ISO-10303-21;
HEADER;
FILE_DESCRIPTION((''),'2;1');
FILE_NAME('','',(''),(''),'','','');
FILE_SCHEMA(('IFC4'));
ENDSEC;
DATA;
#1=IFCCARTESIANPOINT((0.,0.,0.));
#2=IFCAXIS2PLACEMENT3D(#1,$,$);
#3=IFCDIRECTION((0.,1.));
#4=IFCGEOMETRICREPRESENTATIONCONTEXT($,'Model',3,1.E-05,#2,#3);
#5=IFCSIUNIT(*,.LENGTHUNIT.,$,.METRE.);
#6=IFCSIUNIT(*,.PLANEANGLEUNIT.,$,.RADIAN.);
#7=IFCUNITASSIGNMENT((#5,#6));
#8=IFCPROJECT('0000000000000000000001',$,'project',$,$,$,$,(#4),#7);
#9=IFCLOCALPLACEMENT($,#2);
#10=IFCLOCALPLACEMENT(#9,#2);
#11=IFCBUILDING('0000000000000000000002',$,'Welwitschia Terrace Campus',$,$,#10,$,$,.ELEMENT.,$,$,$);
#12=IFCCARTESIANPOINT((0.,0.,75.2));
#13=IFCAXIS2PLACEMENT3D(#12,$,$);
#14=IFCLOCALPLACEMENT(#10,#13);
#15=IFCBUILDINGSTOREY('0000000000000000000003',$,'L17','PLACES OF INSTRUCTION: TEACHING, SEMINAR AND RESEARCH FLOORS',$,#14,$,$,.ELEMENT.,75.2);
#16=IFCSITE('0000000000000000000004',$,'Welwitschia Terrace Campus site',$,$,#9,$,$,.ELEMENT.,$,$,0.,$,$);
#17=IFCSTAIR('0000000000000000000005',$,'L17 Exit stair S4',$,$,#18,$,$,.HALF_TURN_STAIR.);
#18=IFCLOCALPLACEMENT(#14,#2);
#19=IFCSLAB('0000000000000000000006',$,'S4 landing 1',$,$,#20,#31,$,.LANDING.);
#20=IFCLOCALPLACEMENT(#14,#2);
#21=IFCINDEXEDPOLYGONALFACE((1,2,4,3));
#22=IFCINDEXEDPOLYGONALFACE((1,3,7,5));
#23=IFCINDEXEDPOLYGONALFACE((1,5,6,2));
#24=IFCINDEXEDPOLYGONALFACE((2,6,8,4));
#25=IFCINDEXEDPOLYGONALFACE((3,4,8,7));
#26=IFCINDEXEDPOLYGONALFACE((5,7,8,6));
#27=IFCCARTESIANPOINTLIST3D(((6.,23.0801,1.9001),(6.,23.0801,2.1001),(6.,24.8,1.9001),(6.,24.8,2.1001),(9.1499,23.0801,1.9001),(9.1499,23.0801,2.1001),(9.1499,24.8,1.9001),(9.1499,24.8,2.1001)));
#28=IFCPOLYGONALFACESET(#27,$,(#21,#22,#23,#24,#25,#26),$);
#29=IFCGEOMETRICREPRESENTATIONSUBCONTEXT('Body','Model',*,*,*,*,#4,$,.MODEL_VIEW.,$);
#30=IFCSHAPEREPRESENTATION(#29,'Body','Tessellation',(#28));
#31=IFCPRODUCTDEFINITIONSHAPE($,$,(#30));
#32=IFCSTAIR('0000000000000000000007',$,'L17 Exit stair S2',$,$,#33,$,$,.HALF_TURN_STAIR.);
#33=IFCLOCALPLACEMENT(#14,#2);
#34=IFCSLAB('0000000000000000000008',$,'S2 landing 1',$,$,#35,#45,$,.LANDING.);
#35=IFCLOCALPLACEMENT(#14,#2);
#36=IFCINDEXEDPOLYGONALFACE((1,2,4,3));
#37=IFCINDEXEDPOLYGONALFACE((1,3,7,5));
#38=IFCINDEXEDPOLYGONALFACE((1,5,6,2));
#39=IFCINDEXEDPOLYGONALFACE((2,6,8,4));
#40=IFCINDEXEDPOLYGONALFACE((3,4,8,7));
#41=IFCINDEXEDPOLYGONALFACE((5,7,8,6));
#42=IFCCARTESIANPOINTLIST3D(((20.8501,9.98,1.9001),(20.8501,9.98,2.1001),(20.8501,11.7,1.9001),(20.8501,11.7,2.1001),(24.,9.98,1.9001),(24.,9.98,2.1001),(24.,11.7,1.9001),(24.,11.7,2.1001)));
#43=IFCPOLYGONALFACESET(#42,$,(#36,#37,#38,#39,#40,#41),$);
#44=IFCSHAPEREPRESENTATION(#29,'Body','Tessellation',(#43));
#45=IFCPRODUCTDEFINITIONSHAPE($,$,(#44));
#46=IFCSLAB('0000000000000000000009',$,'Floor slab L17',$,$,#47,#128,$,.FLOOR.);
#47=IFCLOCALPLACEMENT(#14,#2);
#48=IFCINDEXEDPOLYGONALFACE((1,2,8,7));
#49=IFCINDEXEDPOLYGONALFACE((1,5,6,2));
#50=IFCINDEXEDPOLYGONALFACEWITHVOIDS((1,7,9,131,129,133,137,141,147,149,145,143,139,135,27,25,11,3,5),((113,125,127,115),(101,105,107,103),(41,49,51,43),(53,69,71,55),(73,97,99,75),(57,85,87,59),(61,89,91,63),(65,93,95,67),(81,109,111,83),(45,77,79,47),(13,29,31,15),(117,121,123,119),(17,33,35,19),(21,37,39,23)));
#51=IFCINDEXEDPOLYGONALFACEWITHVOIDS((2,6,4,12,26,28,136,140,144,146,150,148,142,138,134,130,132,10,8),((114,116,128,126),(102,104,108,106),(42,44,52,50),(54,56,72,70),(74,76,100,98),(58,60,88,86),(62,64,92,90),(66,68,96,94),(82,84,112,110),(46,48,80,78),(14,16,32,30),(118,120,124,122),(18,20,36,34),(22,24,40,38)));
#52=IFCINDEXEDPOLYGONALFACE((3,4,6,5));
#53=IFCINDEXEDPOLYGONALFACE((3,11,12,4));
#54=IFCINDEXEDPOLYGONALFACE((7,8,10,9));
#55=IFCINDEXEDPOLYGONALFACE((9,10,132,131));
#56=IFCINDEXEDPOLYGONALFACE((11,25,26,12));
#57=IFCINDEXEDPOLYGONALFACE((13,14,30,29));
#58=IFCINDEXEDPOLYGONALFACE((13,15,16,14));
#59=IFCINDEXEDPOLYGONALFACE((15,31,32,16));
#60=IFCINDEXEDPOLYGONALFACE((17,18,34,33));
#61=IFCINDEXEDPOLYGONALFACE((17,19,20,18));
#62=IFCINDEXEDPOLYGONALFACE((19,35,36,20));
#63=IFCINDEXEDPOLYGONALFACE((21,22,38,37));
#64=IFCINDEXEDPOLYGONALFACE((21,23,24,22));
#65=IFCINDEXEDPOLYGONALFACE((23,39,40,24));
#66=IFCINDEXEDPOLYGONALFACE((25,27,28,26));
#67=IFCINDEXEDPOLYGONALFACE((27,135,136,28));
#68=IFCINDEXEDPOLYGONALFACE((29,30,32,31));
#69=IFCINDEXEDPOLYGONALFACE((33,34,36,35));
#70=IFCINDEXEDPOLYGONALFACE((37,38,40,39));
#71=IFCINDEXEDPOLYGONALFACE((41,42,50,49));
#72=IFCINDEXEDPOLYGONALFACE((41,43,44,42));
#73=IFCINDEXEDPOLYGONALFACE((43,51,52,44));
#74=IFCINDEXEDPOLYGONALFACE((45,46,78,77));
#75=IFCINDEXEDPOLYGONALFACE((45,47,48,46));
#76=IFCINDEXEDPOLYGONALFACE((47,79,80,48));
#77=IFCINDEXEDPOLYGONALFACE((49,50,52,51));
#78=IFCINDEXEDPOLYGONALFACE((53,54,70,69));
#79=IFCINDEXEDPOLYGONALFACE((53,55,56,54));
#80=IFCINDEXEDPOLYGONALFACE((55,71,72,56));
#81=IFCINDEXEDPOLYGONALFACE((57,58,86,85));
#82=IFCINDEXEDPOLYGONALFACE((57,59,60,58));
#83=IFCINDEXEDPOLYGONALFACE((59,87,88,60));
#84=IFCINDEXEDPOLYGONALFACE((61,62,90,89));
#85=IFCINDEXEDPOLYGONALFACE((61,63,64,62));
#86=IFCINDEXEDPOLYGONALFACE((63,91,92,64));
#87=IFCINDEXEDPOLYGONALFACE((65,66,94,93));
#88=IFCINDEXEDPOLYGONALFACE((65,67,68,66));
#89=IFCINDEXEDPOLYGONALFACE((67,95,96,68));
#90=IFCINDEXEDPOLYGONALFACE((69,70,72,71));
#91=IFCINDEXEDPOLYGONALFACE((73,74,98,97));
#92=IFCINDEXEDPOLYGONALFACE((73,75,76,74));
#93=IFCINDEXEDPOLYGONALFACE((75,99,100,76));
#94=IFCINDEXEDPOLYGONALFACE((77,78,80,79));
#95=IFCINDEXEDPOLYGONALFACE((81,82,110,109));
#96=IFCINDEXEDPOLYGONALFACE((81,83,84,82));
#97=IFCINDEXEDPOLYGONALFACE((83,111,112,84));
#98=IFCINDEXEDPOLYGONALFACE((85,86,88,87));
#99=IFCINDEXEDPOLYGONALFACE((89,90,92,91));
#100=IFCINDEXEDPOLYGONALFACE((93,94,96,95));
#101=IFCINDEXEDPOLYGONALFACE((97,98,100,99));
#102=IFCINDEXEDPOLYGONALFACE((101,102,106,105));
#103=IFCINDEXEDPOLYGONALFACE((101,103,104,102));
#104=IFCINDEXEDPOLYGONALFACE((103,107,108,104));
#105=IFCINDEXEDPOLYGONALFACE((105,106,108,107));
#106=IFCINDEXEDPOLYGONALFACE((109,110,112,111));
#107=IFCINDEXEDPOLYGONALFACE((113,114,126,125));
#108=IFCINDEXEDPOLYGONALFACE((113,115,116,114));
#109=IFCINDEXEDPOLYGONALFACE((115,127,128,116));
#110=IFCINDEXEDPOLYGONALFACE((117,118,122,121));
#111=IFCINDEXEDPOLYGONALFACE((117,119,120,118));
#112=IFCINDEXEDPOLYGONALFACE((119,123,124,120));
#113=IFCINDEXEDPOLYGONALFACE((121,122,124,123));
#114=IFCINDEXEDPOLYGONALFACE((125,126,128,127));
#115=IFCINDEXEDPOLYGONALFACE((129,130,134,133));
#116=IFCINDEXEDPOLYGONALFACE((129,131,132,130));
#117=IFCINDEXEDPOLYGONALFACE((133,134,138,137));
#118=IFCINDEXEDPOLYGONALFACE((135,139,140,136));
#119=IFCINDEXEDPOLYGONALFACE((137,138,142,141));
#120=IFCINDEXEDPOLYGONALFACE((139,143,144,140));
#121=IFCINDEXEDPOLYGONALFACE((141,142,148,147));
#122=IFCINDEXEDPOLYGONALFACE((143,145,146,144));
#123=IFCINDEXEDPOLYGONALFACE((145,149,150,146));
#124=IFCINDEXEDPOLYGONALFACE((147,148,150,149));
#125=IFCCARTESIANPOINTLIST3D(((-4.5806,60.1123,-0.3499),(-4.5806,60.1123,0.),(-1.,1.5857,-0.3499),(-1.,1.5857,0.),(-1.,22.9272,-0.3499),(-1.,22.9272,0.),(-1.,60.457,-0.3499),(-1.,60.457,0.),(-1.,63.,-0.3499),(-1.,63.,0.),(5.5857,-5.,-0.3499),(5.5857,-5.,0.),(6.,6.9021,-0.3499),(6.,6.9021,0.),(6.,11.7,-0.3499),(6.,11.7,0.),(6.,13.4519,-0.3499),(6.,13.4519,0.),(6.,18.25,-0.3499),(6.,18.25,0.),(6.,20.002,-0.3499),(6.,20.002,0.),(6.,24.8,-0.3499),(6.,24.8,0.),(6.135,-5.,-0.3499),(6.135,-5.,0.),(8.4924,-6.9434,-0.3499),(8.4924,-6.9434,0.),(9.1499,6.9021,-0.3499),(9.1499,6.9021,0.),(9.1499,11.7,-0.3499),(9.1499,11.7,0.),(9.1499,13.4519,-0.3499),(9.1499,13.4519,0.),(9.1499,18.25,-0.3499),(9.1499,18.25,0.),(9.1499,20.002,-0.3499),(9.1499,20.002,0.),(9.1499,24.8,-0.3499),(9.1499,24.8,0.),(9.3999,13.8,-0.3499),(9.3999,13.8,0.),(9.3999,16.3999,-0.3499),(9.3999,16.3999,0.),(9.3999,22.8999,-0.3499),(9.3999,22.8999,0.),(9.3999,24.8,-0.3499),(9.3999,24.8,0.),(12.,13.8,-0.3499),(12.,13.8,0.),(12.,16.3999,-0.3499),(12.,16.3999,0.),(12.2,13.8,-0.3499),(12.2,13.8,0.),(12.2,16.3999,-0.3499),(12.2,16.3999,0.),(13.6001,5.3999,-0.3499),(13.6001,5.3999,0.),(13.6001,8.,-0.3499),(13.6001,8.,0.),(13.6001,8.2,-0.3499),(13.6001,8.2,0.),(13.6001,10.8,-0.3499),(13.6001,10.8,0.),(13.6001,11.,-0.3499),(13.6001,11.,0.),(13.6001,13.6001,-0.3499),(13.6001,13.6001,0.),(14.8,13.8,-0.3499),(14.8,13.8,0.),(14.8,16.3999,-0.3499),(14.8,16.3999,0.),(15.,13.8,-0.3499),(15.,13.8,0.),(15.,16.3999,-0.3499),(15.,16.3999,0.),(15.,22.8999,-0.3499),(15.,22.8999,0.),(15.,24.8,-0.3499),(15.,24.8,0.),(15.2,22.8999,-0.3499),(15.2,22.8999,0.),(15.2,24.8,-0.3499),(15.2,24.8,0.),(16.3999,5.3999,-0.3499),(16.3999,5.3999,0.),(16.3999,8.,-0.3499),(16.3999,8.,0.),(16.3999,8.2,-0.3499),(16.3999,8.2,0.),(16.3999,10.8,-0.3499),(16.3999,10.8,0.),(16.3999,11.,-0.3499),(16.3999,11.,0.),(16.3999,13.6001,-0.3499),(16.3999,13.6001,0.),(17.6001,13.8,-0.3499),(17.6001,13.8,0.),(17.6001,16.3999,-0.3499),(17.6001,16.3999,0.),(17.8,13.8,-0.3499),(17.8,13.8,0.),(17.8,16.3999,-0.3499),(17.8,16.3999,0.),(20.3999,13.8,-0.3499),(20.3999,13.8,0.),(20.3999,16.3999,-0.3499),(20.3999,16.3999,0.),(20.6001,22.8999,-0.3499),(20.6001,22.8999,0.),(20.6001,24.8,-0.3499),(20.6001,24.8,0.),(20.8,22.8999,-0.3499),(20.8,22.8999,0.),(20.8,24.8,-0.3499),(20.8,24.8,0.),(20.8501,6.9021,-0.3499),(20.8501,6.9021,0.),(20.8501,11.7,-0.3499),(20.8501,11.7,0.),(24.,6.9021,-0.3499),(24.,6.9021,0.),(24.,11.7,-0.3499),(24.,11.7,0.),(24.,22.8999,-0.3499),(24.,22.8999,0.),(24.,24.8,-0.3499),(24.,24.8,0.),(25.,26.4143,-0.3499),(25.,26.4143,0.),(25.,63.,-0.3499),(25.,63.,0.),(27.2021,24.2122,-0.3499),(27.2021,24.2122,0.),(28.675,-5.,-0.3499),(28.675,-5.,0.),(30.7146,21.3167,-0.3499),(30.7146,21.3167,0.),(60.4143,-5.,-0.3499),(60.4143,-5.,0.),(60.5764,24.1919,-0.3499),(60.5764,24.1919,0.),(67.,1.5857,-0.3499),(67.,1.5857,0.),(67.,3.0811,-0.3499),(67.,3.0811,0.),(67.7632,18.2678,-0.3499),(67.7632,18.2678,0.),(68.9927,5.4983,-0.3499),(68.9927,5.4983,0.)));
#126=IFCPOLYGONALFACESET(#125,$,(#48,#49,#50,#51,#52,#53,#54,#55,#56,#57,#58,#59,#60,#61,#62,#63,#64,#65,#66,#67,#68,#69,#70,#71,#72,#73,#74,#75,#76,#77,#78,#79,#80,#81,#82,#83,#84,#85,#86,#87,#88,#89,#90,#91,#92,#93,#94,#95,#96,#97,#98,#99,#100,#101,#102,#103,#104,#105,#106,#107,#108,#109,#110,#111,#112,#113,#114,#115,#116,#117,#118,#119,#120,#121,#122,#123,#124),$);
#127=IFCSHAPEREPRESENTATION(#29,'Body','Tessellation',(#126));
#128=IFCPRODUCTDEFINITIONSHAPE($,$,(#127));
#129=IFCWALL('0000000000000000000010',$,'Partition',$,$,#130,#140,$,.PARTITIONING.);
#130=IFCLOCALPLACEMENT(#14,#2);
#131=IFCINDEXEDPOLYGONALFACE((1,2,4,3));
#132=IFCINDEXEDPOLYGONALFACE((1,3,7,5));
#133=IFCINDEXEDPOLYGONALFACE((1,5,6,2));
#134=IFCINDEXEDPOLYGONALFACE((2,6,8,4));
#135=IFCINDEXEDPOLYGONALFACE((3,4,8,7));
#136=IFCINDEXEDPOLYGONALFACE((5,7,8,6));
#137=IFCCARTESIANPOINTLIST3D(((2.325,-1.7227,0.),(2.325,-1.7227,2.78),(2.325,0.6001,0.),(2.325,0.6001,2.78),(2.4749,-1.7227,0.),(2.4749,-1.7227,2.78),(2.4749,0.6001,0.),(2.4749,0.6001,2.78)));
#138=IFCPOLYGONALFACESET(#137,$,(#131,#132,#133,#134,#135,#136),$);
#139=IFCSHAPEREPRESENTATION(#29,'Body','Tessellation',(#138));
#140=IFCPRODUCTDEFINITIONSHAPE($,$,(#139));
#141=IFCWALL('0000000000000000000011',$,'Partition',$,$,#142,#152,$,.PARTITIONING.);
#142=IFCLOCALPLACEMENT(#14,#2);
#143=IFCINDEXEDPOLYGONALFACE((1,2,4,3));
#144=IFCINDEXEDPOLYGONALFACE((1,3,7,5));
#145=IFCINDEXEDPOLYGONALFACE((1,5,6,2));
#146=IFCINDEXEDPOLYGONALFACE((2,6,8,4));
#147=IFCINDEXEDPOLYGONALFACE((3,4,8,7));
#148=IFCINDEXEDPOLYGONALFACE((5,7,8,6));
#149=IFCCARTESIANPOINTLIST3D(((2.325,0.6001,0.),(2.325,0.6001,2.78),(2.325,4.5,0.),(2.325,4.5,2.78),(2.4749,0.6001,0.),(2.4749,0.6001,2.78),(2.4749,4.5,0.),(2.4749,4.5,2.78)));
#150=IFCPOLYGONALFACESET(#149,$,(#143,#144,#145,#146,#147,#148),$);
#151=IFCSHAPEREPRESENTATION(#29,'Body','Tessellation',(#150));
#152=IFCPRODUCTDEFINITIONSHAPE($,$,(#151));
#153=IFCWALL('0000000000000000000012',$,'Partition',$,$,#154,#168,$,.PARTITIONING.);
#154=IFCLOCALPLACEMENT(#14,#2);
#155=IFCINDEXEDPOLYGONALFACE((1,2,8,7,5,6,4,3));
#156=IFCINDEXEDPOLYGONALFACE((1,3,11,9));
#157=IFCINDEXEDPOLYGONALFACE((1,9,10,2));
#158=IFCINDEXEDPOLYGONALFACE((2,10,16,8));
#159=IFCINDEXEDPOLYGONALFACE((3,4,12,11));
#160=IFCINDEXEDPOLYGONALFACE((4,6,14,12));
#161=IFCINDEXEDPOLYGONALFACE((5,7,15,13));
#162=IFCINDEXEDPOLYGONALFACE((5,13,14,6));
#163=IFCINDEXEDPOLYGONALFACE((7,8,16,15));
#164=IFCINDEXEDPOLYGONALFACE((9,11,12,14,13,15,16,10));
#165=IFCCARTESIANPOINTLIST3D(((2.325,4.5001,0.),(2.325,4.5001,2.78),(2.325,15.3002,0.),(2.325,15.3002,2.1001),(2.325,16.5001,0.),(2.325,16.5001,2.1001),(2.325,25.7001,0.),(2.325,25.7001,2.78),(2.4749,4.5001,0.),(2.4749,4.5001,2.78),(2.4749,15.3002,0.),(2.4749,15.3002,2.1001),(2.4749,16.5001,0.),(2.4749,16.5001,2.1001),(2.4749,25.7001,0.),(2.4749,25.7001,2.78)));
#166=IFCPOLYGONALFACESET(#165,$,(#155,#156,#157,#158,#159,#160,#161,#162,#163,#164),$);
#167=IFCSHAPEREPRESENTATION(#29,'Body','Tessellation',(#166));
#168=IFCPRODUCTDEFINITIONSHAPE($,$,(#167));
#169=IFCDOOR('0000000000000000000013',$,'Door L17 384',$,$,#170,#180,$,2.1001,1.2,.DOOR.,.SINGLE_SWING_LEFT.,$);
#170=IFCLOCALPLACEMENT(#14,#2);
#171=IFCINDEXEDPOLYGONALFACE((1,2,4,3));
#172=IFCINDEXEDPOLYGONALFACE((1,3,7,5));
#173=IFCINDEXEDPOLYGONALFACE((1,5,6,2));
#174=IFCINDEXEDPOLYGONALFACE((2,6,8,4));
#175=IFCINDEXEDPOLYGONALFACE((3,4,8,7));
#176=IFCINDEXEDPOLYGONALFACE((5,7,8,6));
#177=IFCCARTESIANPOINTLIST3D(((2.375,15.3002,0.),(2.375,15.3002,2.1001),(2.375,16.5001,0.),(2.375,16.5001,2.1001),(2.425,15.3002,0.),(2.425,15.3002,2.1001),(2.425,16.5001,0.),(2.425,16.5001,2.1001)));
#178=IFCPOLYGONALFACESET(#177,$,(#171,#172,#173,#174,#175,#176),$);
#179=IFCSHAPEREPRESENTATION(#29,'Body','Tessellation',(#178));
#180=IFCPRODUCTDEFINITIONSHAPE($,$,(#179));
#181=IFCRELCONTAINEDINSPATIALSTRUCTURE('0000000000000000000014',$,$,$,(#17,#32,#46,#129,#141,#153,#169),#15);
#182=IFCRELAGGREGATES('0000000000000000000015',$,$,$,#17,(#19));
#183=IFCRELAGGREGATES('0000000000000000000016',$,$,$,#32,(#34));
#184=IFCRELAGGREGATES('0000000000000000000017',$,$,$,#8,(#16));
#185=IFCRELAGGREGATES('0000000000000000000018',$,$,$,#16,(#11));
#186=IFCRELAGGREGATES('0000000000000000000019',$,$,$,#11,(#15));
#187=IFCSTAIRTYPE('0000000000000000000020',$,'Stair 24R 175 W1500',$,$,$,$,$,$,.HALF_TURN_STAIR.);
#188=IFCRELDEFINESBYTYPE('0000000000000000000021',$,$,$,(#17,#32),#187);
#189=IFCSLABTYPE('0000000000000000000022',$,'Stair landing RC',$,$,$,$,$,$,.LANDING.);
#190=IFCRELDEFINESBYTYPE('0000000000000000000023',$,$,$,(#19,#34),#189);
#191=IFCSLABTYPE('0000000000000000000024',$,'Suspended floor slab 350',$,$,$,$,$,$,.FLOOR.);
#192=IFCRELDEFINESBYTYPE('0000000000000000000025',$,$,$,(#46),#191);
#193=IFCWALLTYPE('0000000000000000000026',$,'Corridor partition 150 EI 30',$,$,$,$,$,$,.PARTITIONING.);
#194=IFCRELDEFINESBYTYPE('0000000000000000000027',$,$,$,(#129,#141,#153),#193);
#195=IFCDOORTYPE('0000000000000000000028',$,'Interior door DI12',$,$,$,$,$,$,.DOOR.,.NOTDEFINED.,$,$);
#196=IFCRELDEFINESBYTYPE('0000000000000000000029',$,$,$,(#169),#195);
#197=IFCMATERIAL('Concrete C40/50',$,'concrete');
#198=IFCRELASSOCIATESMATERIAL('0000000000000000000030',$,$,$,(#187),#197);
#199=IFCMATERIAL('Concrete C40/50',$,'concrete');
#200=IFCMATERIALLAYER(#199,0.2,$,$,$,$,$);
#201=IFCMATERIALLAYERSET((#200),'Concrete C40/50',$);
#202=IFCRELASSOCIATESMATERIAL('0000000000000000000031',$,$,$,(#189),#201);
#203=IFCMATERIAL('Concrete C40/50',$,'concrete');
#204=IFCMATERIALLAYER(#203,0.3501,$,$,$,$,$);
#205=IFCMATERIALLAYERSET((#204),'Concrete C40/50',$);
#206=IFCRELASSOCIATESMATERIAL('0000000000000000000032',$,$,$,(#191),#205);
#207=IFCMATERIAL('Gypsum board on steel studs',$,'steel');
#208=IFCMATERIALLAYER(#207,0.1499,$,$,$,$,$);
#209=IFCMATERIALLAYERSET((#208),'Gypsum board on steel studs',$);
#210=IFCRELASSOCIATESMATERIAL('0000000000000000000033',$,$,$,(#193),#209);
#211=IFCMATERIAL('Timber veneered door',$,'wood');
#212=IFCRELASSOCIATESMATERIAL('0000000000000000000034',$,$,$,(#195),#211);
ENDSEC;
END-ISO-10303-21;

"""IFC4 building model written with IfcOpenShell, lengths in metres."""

from ifc_helpers import new_model, si_unit, direction, frame, frame_2d, origin, place, context, subcontext, project, spatial, polyline, rectangle, outline, extrude, material, layer, layer_set, type_object, element, fill, aggregate, save


model = new_model("IFC4")

# Units and contexts
model_context = context("Model", 3, precision=1e-05, world=origin(), true_north=direction((0.0, 1.0)))
body_context = subcontext(model_context, "Body", "Model", "MODEL_VIEW")
ifc_project = project(units=[si_unit("LENGTHUNIT", "METRE"), si_unit("PLANEANGLEUNIT", "RADIAN")], contexts=[model_context])

# Site, building, storey
site_placement = place(None, origin())
site = spatial("IfcSite", under=ifc_project, at=site_placement, Name="Welwitschia Terrace Campus site", CompositionType="ELEMENT", RefElevation=0.0)
building_placement = place(site_placement, origin())
building = spatial("IfcBuilding", under=site, at=building_placement, Name="Welwitschia Terrace Campus", CompositionType="ELEMENT")
storey_placement = place(building_placement, frame((0.0, 0.0, 75.2)))
storey = spatial("IfcBuildingStorey", under=building, at=storey_placement, Name="L17", Description="PLACES OF INSTRUCTION: TEACHING, SEMINAR AND RESEARCH FLOORS", CompositionType="ELEMENT", Elevation=75.2)

# Stairs, slabs
ifc_material_1 = material(Name="Concrete C40/50", Category="concrete")
stair_type = type_object("IfcStairType", Name="Stair 24R 175 W1500", PredefinedType="HALF_TURN_STAIR", material=ifc_material_1)
ifc_material_2 = material(Name="Concrete C40/50", Category="concrete")
ifc_layer_1 = layer(ifc_material_2, 0.2)
ifc_layer_set_1 = layer_set([ifc_layer_1], Name="Concrete C40/50")
slab_type_1 = type_object("IfcSlabType", Name="Stair landing RC", PredefinedType="LANDING", material=ifc_layer_set_1)
stair_1_placement = place(storey_placement, origin())
stair_1 = element("IfcStair", 1, at=stair_1_placement, inside=storey, type_object=stair_type, Name="L17 Exit stair S4", PredefinedType="HALF_TURN_STAIR")
slab_1_placement = place(storey_placement, frame((0.0, 0.0, 1.9001)))
slab_1 = element("IfcSlab", 2, at=slab_1_placement, type_object=slab_type_1, Name="S4 landing 1", PredefinedType="LANDING", context=body_context, shape_type="SweptSolid", body=[
    extrude(outline(polyline([(9.1499, 23.0801), (9.1499, 24.8), (6.0, 24.8), (6.0, 23.0801), (9.1499, 23.0801)])), origin(), (0.0, 0.0, 1.0), 0.2),
])
aggregate(stair_1, [slab_1])
stair_2_placement = place(storey_placement, origin())
stair_2 = element("IfcStair", 3, at=stair_2_placement, inside=storey, type_object=stair_type, Name="L17 Exit stair S2", PredefinedType="HALF_TURN_STAIR")
slab_2_placement = place(storey_placement, frame((0.0, 0.0, 1.9001)))
slab_2 = element("IfcSlab", 4, at=slab_2_placement, type_object=slab_type_1, Name="S2 landing 1", PredefinedType="LANDING", context=body_context, shape_type="SweptSolid", body=[
    extrude(outline(polyline([(24.0, 9.98), (24.0, 11.7), (20.8501, 11.7), (20.8501, 9.98), (24.0, 9.98)])), origin(), (0.0, 0.0, 1.0), 0.2),
])
aggregate(stair_2, [slab_2])

# Slab
ifc_material_3 = material(Name="Concrete C40/50", Category="concrete")
ifc_layer_2 = layer(ifc_material_3, 0.3501)
ifc_layer_set_2 = layer_set([ifc_layer_2], Name="Concrete C40/50")
slab_type_2 = type_object("IfcSlabType", Name="Suspended floor slab 350", PredefinedType="FLOOR", material=ifc_layer_set_2)
slab_3_placement = place(storey_placement, frame((0.0, 0.0, -0.3499)))
element("IfcSlab", 5, at=slab_3_placement, inside=storey, type_object=slab_type_2, Name="Floor slab L17", PredefinedType="FLOOR", context=body_context, shape_type="SweptSolid", body=[
    extrude(outline(polyline([(-1.0, 22.9272), (-4.5806, 60.1123), (-1.0, 60.457), (-1.0, 63.0), (25.0, 63.0), (25.0, 26.4143), (27.2021, 24.2122), (30.7146, 21.3167), (60.5764, 24.1919), (67.7632, 18.2678), (68.9927, 5.4983), (67.0, 3.0811), (67.0, 1.5857), (60.4143, -5.0), (28.675, -5.0), (8.4924, -6.9434), (6.135, -5.0), (5.5857, -5.0), (-1.0, 1.5857), (-1.0, 22.9272)]), holes=[polyline([(13.6001, 8.0), (13.6001, 5.3999), (16.3999, 5.3999), (16.3999, 8.0), (13.6001, 8.0)]), polyline([(9.1499, 11.7), (6.0, 11.7), (6.0, 6.9021), (9.1499, 6.9021), (9.1499, 11.7)]), polyline([(12.0, 16.3999), (9.3999, 16.3999), (9.3999, 13.8), (12.0, 13.8), (12.0, 16.3999)]), polyline([(14.8, 16.3999), (12.2, 16.3999), (12.2, 13.8), (14.8, 13.8), (14.8, 16.3999)]), polyline([(9.1499, 18.25), (6.0, 18.25), (6.0, 13.4519), (9.1499, 13.4519), (9.1499, 18.25)]), polyline([(9.1499, 24.8), (6.0, 24.8), (6.0, 20.002), (9.1499, 20.002), (9.1499, 24.8)]), polyline([(15.0, 24.8), (9.3999, 24.8), (9.3999, 22.8999), (15.0, 22.8999), (15.0, 24.8)]), polyline([(20.8501, 11.7), (20.8501, 6.9021), (24.0, 6.9021), (24.0, 11.7), (20.8501, 11.7)]), polyline([(16.3999, 10.8), (13.6001, 10.8), (13.6001, 8.2), (16.3999, 8.2), (16.3999, 10.8)]), polyline([(16.3999, 13.6001), (13.6001, 13.6001), (13.6001, 11.0), (16.3999, 11.0), (16.3999, 13.6001)]), polyline([(17.6001, 16.3999), (15.0, 16.3999), (15.0, 13.8), (17.6001, 13.8), (17.6001, 16.3999)]), polyline([(20.3999, 16.3999), (17.8, 16.3999), (17.8, 13.8), (20.3999, 13.8), (20.3999, 16.3999)]), polyline([(20.6001, 24.8), (15.2, 24.8), (15.2, 22.8999), (20.6001, 22.8999), (20.6001, 24.8)]), polyline([(24.0, 24.8), (20.8, 24.8), (20.8, 22.8999), (24.0, 22.8999), (24.0, 24.8)])]), origin(), (0.0, 0.0, 1.0), 0.3499),
])

# Walls
ifc_material_4 = material(Name="Gypsum board on steel studs", Category="steel")
ifc_layer_3 = layer(ifc_material_4, 0.1499)
ifc_layer_set_3 = layer_set([ifc_layer_3], Name="Gypsum board on steel studs")
wall_type = type_object("IfcWallType", Name="Corridor partition 150 EI 30", PredefinedType="PARTITIONING", material=ifc_layer_set_3)
wall_1_placement = place(storey_placement, frame((2.3999, -1.7227, 0.0), z_axis=(0.0, 0.0, 1.0), x_axis=(0.0, 1.0, 0.0)))
element("IfcWall", 6, at=wall_1_placement, inside=storey, type_object=wall_type, Name="Partition", PredefinedType="PARTITIONING", context=body_context, shape_type="SweptSolid", body=[
    extrude(rectangle(XDim=2.3228, YDim=0.1499, at=frame_2d((1.1614, 0.0))), origin(), (0.0, 0.0, 1.0), 2.78),
])
wall_2_placement = place(storey_placement, frame((2.3999, 0.6001, 0.0), z_axis=(0.0, 0.0, 1.0), x_axis=(0.0, 1.0, 0.0)))
element("IfcWall", 7, at=wall_2_placement, inside=storey, type_object=wall_type, Name="Partition", PredefinedType="PARTITIONING", context=body_context, shape_type="SweptSolid", body=[
    extrude(rectangle(XDim=3.8999, YDim=0.1499, at=frame_2d((1.95, 0.0))), origin(), (0.0, 0.0, 1.0), 2.78),
])

# Wall, opening, door
wall_3_placement = place(storey_placement, frame((2.3999, 4.5, 0.0), z_axis=(0.0, 0.0, 1.0), x_axis=(0.0, 1.0, 0.0)))
wall_3 = element("IfcWall", 8, at=wall_3_placement, inside=storey, type_object=wall_type, Name="Partition", PredefinedType="PARTITIONING", context=body_context, shape_type="SweptSolid", body=[
    extrude(rectangle(XDim=21.2, YDim=0.1499, at=frame_2d((10.6001, 0.0))), origin(), (0.0, 0.0, 1.0), 2.78),
])
opening_placement = place(wall_3_placement, frame((10.8, 0.0, 0.0)))
opening = element("IfcOpeningElement", 9, at=opening_placement, cuts=wall_3, PredefinedType="OPENING", context=body_context, shape_type="SweptSolid", body=[
    extrude(rectangle(XDim=1.2, YDim=2.1001, at=frame_2d((0.6001, 1.05))), frame((0.0, 0.085, 0.0), z_axis=(0.0, -1.0, 0.0), x_axis=(1.0, 0.0, 0.0)), (0.0, 0.0, 1.0), 0.1699),
])
ifc_material_5 = material(Name="Timber veneered door", Category="wood")
door_type = type_object("IfcDoorType", Name="Interior door DI12", OperationType="NOTDEFINED", PredefinedType="DOOR", material=ifc_material_5)
door_placement = place(opening_placement, origin())
door = element("IfcDoor", 10, at=door_placement, inside=storey, type_object=door_type, Name="Door L17 384", OperationType="SINGLE_SWING_LEFT", OverallHeight=2.1001, OverallWidth=1.2, PredefinedType="DOOR", context=body_context, shape_type="SweptSolid", body=[
    extrude(rectangle(XDim=1.2, YDim=2.1001, at=frame_2d((0.6001, 1.05))), frame((0.0, 0.0249, 0.0), z_axis=(0.0, -1.0, 0.0), x_axis=(1.0, 0.0, 0.0)), (0.0, 0.0, 1.0), 0.05),
])
fill(opening, door)

save(model, "model.ifc")
